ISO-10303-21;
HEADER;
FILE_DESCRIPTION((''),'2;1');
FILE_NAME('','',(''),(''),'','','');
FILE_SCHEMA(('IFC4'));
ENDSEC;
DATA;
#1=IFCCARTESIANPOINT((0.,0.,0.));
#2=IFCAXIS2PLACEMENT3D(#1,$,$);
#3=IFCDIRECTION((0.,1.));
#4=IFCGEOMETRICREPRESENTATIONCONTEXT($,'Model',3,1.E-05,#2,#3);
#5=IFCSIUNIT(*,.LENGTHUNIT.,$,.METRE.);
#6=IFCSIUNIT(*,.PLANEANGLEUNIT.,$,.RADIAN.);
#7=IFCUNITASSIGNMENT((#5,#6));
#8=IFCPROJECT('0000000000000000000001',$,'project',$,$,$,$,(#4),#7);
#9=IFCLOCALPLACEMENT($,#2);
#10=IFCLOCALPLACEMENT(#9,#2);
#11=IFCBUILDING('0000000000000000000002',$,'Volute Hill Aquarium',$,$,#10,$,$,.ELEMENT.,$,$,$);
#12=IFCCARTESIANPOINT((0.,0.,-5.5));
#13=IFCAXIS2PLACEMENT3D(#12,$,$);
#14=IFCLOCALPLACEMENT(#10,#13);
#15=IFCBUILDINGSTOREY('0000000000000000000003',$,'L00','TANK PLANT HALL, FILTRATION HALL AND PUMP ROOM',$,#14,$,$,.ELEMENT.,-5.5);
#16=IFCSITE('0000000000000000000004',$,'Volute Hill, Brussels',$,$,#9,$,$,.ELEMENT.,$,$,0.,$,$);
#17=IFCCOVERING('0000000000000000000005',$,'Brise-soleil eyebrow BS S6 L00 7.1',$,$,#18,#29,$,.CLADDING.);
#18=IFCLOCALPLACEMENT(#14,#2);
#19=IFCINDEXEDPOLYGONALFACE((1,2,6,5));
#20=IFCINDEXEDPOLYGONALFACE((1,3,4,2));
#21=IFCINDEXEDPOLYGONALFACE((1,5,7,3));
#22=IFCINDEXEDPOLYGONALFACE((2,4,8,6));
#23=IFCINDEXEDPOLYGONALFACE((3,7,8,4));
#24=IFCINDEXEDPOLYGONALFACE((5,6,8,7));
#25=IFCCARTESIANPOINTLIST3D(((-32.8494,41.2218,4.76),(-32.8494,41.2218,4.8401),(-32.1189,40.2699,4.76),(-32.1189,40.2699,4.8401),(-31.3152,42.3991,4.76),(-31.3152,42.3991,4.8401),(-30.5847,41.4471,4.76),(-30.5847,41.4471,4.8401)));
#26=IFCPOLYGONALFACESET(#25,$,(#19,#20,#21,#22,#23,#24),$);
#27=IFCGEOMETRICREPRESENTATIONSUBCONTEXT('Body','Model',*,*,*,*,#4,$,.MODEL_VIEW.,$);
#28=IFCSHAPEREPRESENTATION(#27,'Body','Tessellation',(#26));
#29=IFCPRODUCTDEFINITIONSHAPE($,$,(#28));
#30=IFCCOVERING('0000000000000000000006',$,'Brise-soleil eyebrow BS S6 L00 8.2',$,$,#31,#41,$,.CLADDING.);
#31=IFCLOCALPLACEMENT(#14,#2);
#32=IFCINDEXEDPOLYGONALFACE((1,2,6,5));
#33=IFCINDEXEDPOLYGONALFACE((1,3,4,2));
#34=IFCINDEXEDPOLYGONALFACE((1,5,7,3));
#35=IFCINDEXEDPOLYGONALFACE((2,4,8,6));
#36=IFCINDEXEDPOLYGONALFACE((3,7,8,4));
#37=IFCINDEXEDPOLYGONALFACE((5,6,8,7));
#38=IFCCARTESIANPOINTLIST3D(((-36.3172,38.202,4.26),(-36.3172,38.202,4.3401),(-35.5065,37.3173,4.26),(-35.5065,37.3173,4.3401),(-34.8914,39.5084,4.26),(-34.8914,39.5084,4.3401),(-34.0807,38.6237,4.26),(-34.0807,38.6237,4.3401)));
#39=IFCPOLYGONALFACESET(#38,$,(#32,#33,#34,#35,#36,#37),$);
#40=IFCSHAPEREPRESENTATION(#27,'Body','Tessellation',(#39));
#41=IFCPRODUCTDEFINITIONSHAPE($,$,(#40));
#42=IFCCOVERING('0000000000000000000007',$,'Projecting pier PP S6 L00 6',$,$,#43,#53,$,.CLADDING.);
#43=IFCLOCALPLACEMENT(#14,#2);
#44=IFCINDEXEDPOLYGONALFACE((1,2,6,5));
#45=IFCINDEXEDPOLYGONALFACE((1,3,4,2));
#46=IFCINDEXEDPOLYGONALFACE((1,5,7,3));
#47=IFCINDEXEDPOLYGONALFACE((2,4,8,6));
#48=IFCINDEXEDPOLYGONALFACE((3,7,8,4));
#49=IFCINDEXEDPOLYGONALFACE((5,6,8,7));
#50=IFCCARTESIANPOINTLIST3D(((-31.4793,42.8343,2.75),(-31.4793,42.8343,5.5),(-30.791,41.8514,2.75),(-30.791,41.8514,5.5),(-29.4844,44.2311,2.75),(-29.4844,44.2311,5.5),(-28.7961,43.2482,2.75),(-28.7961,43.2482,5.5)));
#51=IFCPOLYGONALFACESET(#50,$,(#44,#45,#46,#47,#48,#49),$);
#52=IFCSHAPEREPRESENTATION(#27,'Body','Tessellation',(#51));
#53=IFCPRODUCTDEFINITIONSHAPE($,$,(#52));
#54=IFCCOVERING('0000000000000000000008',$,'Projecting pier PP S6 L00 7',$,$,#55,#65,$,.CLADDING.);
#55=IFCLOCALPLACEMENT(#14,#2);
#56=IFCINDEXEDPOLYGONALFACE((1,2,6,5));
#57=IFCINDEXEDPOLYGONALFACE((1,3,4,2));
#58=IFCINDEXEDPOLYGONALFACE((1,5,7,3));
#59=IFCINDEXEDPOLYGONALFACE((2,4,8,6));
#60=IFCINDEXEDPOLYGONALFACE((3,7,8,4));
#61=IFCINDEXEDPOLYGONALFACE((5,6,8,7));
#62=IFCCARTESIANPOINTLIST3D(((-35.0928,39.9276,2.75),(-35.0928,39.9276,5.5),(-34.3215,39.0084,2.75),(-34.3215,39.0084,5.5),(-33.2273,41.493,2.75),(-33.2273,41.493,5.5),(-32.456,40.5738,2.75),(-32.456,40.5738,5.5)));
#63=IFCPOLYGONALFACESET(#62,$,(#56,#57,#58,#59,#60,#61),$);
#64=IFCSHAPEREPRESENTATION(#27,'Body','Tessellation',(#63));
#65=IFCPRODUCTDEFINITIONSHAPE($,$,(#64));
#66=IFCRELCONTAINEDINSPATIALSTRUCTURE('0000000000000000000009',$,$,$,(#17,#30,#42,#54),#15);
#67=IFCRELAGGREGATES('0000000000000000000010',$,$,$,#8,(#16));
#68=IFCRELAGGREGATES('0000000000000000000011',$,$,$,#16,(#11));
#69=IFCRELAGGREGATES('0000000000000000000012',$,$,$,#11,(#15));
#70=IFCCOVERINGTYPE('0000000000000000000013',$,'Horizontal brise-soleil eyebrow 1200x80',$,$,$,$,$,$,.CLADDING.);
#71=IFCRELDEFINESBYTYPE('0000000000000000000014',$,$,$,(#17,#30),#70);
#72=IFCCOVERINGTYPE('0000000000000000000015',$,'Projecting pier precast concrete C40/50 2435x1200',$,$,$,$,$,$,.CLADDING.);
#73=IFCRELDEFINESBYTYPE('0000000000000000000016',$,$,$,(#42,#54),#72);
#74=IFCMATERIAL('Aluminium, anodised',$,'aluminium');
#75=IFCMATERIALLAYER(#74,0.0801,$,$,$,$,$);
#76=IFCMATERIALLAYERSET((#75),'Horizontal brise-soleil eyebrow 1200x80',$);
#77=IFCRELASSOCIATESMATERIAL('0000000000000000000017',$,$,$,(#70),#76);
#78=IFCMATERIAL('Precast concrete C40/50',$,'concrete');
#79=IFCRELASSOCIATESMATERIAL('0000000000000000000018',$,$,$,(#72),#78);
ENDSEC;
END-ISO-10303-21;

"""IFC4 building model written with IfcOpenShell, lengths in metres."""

from ifc_helpers import new_model, si_unit, direction, frame, origin, origin_2d, place, context, subcontext, project, spatial, rectangle, extrude, material, layer, layer_set, type_object, element, save


model = new_model("IFC4")

# Units and contexts
model_context = context("Model", 3, precision=1e-05, world=origin(), true_north=direction((0.0, 1.0)))
body_context = subcontext(model_context, "Body", "Model", "MODEL_VIEW")
ifc_project = project(units=[si_unit("LENGTHUNIT", "METRE"), si_unit("PLANEANGLEUNIT", "RADIAN")], contexts=[model_context])

# Site, building, storey
site_placement = place(None, origin())
site = spatial("IfcSite", under=ifc_project, at=site_placement, Name="Volute Hill, Brussels", CompositionType="ELEMENT", RefElevation=0.0)
building_placement = place(site_placement, origin())
building = spatial("IfcBuilding", under=site, at=building_placement, Name="Volute Hill Aquarium", CompositionType="ELEMENT")
storey_placement = place(building_placement, frame((0.0, 0.0, -5.5)))
storey = spatial("IfcBuildingStorey", under=building, at=storey_placement, Name="L00", Description="TANK PLANT HALL, FILTRATION HALL AND PUMP ROOM", CompositionType="ELEMENT", Elevation=-5.5)

# Coverings
ifc_material_1 = material(Name="Aluminium, anodised", Category="aluminium")
ifc_layer_1 = layer(ifc_material_1, 0.0801)
ifc_layer_set_1 = layer_set([ifc_layer_1], Name="Horizontal brise-soleil eyebrow 1200x80")
covering_type_1 = type_object("IfcCoveringType", Name="Horizontal brise-soleil eyebrow 1200x80", PredefinedType="CLADDING", material=ifc_layer_set_1)
for number, where, z_axis, x_axis, name in (
    (1, (-31.717, 41.3345, 4.76), (0.0, 0.0, 1.0), (-0.79335, -0.608766, 0.0), "Brise-soleil eyebrow BS S6 L00 7.1"),
    (2, (-35.199, 38.4128, 4.26), (0.0, 0.0, 1.0), (-0.737286, -0.675581, 0.0), "Brise-soleil eyebrow BS S6 L00 8.2"),
):
    element("IfcCovering", number, at=place(storey_placement, frame(where, z_axis=z_axis, x_axis=x_axis)), inside=storey, type_object=covering_type_1, Name=name, PredefinedType="CLADDING", context=body_context, shape_type="SweptSolid", body=[
        extrude(rectangle(XDim=1.9338, YDim=1.2, at=origin_2d()), origin(), (0.0, 0.0, 1.0), 0.0801),
    ])
ifc_material_2 = material(Name="Precast concrete C40/50", Category="concrete")
covering_type_2 = type_object("IfcCoveringType", Name="Projecting pier precast concrete C40/50 2435x1200", PredefinedType="CLADDING", material=ifc_material_2)
for number, where, z_axis, x_axis, name in (
    (3, (-30.1377, 43.0413, 2.75), (0.0, 0.0, 1.0), (-0.819152, -0.573576, 0.0), "Projecting pier PP S6 L00 6"),
    (4, (-33.7744, 40.2507, 2.75), (0.0, 0.0, 1.0), (-0.766044, -0.642788, 0.0), "Projecting pier PP S6 L00 7"),
):
    element("IfcCovering", number, at=place(storey_placement, frame(where, z_axis=z_axis, x_axis=x_axis)), inside=storey, type_object=covering_type_2, Name=name, PredefinedType="CLADDING", context=body_context, shape_type="SweptSolid", body=[
        extrude(rectangle(XDim=2.4353, YDim=1.2, at=origin_2d()), origin(), (0.0, 0.0, 1.0), 2.75),
    ])

save(model, "model.ifc")
